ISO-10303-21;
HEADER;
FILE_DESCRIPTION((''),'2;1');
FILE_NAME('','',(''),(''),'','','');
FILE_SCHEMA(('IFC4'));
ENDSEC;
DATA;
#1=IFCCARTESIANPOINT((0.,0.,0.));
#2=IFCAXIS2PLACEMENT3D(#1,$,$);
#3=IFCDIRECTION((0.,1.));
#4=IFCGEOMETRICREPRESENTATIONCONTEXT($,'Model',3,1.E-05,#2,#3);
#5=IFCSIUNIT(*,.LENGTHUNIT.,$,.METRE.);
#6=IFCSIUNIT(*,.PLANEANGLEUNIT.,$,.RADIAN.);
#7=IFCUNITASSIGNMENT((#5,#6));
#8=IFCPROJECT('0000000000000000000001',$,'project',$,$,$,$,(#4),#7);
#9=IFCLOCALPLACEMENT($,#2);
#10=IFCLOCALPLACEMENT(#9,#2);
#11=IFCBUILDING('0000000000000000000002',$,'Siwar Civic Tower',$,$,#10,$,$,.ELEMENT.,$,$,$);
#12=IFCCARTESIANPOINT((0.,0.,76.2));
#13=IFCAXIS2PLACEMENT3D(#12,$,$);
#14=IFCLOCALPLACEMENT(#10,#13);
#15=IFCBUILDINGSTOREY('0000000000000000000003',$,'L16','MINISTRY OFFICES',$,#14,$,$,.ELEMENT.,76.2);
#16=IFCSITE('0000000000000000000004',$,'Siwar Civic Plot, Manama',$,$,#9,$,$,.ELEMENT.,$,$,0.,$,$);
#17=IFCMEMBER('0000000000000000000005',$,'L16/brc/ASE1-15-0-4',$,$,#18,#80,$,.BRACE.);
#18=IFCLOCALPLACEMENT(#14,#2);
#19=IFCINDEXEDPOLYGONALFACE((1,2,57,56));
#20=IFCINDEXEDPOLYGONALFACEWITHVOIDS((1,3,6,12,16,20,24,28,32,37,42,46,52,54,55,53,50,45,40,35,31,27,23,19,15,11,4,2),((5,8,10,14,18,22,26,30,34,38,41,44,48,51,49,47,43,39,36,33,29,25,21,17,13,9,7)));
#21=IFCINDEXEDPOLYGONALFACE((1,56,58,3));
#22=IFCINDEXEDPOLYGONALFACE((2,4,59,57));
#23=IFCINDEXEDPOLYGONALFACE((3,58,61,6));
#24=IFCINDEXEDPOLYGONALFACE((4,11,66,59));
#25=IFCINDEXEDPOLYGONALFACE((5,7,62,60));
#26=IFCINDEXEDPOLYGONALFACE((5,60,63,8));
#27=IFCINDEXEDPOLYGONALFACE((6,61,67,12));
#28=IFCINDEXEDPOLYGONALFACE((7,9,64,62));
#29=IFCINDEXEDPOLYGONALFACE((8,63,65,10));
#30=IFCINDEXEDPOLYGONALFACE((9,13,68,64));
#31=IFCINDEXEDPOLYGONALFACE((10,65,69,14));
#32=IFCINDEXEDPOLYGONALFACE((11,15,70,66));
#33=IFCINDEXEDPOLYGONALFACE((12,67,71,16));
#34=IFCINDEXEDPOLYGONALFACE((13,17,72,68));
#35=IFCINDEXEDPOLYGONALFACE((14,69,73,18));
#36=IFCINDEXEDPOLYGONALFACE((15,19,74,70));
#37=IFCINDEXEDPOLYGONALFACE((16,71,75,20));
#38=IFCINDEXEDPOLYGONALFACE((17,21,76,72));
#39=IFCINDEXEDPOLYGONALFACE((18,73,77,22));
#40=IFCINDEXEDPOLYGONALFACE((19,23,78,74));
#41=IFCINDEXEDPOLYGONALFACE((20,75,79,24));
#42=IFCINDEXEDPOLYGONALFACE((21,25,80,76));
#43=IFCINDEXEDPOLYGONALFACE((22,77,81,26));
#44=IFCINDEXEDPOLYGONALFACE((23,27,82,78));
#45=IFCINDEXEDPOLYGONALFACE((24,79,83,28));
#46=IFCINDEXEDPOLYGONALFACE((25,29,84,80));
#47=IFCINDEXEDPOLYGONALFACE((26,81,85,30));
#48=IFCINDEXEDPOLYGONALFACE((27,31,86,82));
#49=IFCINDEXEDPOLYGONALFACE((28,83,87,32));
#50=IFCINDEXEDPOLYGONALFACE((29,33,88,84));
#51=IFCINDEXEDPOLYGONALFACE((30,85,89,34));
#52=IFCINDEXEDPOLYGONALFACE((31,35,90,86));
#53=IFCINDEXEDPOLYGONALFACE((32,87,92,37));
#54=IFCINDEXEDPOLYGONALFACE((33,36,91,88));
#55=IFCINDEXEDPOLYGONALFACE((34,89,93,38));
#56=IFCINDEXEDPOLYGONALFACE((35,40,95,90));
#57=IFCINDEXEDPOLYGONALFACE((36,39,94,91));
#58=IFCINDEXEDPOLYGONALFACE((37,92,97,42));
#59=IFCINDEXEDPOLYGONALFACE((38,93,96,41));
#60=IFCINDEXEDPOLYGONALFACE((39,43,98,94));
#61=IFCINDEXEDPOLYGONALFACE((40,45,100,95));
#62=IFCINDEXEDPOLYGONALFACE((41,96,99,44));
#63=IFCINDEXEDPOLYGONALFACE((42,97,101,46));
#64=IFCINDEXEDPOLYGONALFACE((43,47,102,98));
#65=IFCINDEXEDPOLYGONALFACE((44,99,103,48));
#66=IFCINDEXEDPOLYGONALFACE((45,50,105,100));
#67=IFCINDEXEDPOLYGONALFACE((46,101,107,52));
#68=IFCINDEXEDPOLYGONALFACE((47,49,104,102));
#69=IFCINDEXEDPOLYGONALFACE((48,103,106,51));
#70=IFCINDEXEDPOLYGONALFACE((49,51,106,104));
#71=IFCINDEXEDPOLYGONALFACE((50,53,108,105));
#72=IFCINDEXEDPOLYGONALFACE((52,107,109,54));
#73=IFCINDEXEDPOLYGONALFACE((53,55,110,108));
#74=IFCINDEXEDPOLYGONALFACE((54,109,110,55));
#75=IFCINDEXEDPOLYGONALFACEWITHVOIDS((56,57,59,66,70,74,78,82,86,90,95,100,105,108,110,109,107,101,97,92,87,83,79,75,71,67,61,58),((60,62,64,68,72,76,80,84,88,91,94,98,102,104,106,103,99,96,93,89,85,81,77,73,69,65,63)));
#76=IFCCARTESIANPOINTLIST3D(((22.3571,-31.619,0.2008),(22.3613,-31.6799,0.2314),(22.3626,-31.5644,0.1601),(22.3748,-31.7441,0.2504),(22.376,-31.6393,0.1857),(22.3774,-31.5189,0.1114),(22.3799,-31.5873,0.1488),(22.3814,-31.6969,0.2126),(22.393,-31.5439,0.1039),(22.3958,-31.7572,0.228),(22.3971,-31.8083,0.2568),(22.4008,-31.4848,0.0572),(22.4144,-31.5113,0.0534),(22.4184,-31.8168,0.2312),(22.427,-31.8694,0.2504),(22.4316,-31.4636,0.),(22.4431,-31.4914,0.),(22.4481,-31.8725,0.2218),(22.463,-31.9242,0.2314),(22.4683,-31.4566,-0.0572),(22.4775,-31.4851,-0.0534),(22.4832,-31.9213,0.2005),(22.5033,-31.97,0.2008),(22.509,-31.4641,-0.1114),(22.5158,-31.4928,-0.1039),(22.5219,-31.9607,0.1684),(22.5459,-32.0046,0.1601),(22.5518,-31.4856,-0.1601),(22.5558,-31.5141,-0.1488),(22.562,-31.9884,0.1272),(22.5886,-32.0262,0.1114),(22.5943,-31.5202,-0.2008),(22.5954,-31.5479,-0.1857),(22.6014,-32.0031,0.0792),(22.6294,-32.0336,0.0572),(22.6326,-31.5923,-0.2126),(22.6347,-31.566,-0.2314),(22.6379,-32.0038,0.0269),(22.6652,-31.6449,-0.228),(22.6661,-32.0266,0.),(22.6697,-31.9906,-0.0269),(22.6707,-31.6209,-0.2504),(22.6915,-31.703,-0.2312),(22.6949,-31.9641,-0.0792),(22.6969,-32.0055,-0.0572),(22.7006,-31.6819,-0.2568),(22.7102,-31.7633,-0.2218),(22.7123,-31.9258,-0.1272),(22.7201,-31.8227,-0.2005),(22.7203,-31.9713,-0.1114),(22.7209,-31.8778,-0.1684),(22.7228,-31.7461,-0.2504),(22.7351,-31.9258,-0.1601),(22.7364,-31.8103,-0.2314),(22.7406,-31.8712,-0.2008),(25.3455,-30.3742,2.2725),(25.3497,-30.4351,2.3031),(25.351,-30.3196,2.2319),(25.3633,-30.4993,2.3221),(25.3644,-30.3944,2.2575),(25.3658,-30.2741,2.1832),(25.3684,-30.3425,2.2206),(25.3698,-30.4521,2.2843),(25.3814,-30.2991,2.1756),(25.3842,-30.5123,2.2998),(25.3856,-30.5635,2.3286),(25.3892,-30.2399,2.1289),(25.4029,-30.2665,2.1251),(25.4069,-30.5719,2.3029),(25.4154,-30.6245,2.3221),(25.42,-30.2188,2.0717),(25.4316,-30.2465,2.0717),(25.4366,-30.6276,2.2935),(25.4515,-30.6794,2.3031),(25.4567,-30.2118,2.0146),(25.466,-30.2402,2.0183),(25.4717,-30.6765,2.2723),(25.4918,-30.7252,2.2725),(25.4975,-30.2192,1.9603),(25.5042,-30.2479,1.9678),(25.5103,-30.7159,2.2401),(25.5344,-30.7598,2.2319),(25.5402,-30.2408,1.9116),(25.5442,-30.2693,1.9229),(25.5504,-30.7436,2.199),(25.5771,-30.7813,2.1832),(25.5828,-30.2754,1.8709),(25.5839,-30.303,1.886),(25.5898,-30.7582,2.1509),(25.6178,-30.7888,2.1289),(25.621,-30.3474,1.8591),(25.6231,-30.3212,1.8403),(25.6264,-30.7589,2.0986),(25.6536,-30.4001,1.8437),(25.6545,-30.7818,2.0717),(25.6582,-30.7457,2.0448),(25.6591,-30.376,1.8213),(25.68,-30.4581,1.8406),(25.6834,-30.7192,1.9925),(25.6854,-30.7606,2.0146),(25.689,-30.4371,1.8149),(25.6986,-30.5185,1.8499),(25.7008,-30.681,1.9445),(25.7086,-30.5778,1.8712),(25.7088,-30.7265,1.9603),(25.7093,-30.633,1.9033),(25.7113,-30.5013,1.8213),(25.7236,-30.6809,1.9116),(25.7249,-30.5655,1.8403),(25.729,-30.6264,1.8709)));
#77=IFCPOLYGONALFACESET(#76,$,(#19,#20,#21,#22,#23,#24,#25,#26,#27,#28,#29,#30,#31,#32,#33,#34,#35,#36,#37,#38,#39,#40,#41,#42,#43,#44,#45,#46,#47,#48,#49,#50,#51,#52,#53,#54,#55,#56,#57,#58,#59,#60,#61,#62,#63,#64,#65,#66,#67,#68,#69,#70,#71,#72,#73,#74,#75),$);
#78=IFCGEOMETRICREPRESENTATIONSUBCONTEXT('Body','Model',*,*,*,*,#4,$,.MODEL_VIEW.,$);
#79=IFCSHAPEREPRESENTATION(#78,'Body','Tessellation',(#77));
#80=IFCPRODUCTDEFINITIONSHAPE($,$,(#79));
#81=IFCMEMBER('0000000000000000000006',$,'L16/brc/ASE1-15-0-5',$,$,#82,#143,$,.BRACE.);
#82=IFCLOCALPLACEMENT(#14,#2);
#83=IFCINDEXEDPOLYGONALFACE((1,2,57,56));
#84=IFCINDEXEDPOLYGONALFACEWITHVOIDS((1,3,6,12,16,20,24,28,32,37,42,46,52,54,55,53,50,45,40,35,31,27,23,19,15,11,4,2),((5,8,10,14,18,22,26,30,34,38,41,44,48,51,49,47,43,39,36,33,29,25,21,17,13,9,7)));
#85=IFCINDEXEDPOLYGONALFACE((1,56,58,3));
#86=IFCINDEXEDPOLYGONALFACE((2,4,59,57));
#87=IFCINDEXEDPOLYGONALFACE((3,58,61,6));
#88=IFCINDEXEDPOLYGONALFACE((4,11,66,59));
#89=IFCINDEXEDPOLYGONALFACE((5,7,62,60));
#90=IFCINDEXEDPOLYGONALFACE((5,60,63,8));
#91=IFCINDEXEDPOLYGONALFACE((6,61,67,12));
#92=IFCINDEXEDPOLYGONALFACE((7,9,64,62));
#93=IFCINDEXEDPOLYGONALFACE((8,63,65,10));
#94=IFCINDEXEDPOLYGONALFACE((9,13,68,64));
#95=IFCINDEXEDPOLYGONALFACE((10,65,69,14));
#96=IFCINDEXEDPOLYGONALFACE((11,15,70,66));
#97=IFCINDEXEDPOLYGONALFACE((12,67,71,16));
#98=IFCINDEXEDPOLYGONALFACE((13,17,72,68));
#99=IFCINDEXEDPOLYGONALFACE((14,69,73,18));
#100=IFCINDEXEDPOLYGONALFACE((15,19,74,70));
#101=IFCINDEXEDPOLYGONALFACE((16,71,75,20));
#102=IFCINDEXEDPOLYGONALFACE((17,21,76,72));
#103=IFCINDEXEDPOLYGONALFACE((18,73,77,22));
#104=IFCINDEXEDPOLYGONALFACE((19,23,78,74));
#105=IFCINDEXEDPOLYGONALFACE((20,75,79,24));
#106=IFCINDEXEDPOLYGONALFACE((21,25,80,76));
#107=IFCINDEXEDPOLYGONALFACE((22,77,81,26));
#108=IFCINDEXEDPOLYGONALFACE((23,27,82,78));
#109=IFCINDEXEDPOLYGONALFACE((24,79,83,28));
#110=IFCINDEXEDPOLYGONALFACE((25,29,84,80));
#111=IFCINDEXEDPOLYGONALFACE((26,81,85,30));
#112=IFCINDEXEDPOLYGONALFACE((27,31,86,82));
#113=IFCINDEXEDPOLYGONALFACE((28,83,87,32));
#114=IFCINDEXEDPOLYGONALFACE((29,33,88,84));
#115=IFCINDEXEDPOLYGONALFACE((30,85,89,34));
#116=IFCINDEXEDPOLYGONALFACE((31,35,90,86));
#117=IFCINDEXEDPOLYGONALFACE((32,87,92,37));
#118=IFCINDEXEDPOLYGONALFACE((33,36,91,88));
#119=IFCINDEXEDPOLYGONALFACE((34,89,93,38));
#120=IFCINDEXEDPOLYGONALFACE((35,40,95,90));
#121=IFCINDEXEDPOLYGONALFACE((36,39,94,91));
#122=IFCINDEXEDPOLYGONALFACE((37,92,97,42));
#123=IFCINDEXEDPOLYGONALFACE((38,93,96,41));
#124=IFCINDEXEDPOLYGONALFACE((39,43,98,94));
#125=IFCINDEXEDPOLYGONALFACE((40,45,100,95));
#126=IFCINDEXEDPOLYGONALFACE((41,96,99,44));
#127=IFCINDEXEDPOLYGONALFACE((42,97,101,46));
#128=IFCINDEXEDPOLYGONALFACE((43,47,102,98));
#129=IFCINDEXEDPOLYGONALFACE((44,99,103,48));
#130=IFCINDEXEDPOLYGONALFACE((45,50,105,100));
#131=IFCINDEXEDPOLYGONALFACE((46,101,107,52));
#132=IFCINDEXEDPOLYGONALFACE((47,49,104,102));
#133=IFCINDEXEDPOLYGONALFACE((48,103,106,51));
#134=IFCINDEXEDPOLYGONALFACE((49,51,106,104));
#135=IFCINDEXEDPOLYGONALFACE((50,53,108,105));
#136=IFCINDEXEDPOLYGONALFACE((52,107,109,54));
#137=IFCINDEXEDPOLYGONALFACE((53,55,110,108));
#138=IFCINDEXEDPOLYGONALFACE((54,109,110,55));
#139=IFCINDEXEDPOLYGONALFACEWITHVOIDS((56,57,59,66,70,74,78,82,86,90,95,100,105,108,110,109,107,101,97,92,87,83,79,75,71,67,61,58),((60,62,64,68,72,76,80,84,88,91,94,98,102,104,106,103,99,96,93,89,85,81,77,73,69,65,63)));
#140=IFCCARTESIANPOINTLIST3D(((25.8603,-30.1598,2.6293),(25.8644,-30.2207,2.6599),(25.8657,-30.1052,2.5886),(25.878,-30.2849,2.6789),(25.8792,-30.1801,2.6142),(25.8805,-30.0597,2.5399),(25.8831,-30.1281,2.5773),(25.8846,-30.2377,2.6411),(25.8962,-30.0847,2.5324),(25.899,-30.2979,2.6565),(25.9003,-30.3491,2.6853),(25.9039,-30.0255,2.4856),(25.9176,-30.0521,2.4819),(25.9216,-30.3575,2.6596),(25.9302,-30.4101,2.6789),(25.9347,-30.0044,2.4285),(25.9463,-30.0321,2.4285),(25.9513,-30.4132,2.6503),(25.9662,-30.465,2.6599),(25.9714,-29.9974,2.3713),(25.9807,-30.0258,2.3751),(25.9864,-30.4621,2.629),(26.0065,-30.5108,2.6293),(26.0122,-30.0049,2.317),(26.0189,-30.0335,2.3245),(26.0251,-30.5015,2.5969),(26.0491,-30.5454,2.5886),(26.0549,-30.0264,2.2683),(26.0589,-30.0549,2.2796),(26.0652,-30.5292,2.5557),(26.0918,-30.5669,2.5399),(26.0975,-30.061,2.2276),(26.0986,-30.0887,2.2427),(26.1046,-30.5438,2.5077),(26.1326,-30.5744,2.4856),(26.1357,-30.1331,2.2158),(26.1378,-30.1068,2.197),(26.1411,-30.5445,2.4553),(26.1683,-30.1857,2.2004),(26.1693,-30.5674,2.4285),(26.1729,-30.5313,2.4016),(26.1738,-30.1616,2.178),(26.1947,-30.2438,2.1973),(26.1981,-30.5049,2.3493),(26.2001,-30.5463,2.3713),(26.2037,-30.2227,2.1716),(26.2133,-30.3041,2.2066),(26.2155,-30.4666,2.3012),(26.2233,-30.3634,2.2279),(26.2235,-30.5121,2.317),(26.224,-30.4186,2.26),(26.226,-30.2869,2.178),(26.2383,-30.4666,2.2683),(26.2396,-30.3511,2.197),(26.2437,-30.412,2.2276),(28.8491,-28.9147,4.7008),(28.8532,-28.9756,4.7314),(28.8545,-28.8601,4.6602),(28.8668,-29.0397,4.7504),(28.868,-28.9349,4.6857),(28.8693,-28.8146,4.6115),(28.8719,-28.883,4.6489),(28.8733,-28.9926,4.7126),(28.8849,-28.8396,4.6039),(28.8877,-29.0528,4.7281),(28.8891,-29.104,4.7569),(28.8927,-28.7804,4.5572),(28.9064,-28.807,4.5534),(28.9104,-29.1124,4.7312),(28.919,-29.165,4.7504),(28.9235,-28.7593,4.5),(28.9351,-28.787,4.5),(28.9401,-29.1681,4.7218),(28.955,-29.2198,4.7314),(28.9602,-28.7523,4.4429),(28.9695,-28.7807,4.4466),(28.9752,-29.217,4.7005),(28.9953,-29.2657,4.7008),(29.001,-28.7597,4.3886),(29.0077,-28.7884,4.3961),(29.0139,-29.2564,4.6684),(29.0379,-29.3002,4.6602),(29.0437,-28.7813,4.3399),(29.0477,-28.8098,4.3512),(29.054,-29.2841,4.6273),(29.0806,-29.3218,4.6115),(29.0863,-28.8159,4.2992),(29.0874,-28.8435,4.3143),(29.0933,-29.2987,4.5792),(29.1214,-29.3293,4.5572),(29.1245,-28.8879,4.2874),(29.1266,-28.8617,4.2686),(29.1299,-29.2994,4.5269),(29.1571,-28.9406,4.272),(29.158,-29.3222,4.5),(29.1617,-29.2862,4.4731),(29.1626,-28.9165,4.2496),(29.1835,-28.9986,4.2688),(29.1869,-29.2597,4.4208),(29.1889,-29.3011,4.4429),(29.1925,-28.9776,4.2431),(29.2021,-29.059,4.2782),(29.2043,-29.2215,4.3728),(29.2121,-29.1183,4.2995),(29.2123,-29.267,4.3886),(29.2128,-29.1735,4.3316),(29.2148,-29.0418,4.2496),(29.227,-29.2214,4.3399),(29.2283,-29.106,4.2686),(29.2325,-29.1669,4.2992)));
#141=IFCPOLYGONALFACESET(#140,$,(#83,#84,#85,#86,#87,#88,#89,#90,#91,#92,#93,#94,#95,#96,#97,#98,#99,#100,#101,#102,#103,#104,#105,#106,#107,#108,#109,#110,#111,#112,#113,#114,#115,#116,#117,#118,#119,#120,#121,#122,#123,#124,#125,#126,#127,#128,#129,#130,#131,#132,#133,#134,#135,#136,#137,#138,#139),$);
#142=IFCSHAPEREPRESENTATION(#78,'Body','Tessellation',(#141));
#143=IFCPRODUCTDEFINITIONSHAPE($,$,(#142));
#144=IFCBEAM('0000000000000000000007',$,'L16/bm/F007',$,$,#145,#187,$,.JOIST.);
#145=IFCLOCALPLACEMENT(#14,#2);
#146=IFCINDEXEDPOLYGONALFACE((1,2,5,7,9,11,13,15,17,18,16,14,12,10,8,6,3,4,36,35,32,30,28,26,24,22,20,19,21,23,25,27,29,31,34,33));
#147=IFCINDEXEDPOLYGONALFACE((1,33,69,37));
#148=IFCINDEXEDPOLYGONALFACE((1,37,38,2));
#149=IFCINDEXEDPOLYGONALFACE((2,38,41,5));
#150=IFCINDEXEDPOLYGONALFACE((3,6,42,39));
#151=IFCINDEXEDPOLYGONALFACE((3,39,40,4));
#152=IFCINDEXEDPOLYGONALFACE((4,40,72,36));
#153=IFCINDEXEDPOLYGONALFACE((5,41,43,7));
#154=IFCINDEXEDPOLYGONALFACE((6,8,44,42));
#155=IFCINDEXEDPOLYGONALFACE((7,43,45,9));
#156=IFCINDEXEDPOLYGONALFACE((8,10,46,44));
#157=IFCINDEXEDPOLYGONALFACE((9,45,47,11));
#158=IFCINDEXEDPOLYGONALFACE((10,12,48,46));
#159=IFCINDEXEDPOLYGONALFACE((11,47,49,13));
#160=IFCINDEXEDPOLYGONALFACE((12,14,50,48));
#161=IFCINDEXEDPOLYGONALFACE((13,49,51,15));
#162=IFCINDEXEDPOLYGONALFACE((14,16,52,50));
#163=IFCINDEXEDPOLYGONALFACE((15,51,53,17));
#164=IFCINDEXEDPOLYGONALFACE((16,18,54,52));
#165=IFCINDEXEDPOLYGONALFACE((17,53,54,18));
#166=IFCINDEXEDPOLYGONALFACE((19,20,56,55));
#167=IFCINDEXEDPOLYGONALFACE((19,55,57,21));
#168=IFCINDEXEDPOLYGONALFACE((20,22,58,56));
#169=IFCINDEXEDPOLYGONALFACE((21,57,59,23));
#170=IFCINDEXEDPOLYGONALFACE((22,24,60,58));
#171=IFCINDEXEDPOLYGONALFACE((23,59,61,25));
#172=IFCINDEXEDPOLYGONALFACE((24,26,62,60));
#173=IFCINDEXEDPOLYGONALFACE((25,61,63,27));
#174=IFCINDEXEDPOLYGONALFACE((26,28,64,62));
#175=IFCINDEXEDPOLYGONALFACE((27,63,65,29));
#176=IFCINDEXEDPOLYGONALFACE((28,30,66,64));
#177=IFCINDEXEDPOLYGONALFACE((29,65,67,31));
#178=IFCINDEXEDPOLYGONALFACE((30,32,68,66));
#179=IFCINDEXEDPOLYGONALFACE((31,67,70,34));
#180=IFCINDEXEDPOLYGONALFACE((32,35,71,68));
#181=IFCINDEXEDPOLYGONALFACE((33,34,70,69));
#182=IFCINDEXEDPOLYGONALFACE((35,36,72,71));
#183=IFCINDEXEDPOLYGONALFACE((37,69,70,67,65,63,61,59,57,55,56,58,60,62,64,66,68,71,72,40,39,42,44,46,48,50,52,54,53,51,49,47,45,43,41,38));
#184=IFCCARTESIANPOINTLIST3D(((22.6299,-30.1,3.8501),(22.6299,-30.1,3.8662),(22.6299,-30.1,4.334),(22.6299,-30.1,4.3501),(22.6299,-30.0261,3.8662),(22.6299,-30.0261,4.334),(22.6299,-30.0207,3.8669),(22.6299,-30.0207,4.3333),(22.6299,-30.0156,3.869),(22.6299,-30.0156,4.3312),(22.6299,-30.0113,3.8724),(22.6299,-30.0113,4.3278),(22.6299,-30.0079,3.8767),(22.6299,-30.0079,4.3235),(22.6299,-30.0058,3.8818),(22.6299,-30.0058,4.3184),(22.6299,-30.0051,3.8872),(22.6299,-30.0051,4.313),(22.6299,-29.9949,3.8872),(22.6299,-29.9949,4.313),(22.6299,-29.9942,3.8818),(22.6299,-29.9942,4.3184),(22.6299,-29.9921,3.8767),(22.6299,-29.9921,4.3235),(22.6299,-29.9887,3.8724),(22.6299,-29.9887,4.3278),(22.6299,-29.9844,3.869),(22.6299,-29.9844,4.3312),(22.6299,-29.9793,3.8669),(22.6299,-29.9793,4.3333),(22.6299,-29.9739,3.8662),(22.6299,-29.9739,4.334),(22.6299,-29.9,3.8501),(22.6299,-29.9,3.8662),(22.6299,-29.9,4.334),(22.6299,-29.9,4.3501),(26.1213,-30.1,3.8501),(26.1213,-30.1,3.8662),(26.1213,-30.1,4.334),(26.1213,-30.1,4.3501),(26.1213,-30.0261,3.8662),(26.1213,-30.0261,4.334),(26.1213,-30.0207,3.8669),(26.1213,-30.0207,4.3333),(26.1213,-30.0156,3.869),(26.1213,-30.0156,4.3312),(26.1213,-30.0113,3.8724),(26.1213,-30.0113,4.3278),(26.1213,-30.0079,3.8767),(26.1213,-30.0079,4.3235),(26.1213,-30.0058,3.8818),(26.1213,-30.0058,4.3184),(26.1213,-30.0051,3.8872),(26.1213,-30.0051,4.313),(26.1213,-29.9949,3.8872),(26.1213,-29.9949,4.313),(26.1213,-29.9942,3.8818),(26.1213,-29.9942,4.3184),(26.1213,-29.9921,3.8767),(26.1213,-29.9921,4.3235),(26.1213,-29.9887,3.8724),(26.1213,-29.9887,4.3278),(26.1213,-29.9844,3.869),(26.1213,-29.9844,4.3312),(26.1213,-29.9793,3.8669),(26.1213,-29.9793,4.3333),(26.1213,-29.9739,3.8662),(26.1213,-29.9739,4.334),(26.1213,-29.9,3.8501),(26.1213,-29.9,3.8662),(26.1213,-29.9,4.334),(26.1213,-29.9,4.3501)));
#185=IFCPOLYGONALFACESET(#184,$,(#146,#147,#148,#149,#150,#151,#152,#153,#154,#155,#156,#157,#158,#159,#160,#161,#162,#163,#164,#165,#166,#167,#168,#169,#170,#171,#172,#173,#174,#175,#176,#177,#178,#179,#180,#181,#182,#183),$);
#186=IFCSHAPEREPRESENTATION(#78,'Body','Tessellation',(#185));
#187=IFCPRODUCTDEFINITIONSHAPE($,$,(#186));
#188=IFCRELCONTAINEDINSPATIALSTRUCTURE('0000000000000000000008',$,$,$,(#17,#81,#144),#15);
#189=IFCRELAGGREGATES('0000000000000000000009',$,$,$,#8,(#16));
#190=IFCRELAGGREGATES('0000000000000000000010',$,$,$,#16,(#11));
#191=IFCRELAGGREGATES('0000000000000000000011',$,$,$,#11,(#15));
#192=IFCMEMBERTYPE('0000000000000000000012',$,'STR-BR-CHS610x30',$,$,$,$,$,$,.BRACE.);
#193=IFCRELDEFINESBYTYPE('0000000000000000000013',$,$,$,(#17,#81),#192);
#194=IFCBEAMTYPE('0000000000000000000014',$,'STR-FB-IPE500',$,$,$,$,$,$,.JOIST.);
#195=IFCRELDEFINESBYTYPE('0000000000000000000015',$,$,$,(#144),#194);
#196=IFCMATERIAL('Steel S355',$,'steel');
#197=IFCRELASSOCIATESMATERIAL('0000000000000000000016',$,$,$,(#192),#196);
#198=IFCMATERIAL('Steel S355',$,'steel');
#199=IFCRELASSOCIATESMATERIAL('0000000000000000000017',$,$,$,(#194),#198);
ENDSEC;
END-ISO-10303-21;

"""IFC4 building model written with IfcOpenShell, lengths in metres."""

from ifc_helpers import new_model, si_unit, direction, frame, origin, origin_2d, place, context, subcontext, project, spatial, hollow_circle, i_section, extrude, material, material_profile, profile_set, type_object, element, save


model = new_model("IFC4")

# Units and contexts
model_context = context("Model", 3, precision=1e-05, world=origin(), true_north=direction((0.0, 1.0)))
body_context = subcontext(model_context, "Body", "Model", "MODEL_VIEW")
ifc_project = project(units=[si_unit("LENGTHUNIT", "METRE"), si_unit("PLANEANGLEUNIT", "RADIAN")], contexts=[model_context])

# Site, building, storey
site_placement = place(None, origin())
site = spatial("IfcSite", under=ifc_project, at=site_placement, Name="Siwar Civic Plot, Manama", CompositionType="ELEMENT", RefElevation=0.0)
building_placement = place(site_placement, origin())
building = spatial("IfcBuilding", under=site, at=building_placement, Name="Siwar Civic Tower", CompositionType="ELEMENT")
storey_placement = place(building_placement, frame((0.0, 0.0, 76.2)))
storey = spatial("IfcBuildingStorey", under=building, at=storey_placement, Name="L16", Description="MINISTRY OFFICES", CompositionType="ELEMENT", Elevation=76.2)

# Members
ifc_material_1 = material(Name="Steel S355", Category="steel")
ifc_material_profile_1 = material_profile(ifc_material_1, hollow_circle(Radius=0.3049, WallThickness=0.03, at=origin_2d()), Name="CHS610x30")
ifc_profile_set_1 = profile_set([ifc_material_profile_1], Name="Steel S355")
member_type_1 = type_object("IfcMemberType", Name="STR-BR-CHS610x30", PredefinedType="BRACE", material=ifc_profile_set_1)
member_1_placement = place(storey_placement, frame((22.5488, -31.7451, 0.0), z_axis=(0.777533, 0.323882, 0.53902), x_axis=(-0.384524, 0.923115, 0.0)))
element("IfcMember", 1, at=member_1_placement, inside=storey, type_object=member_type_1, Name="L16/brc/ASE1-15-0-4", PredefinedType="BRACE", context=body_context, shape_type="SweptSolid", body=[
    extrude(hollow_circle(Radius=0.3049, WallThickness=0.03, at=origin_2d()), origin(), (0.0, 0.0, 1.0), 3.8435),
])
member_2_placement = place(storey_placement, frame((26.052, -30.2859, 2.4285), z_axis=(0.777569, 0.323934, 0.538937), x_axis=(-0.384562, 0.923099, 0.0)))
element("IfcMember", 2, at=member_2_placement, inside=storey, type_object=member_type_1, Name="L16/brc/ASE1-15-0-5", PredefinedType="BRACE", context=body_context, shape_type="SweptSolid", body=[
    extrude(hollow_circle(Radius=0.3049, WallThickness=0.03, at=origin_2d()), origin(), (0.0, 0.0, 1.0), 3.8438),
])

# Beam
ifc_material_2 = material(Name="Steel S355", Category="steel")
ifc_material_profile_2 = material_profile(ifc_material_2, i_section(OverallWidth=0.2, OverallDepth=0.5, WebThickness=0.0103, FlangeThickness=0.0161, FilletRadius=0.021, at=origin_2d()), Name="IPE500")
ifc_profile_set_2 = profile_set([ifc_material_profile_2], Name="Steel S355")
beam_type_1 = type_object("IfcBeamType", Name="STR-FB-IPE500", PredefinedType="JOIST", material=ifc_profile_set_2)
beam_1_placement = place(storey_placement, frame((22.6299, -30.0, 4.1001), z_axis=(1.0, 0.0, 0.0), x_axis=(0.0, 1.0, 0.0)))
element("IfcBeam", 3, at=beam_1_placement, inside=storey, type_object=beam_type_1, Name="L16/bm/F007", PredefinedType="JOIST", context=body_context, shape_type="SweptSolid", body=[
    extrude(i_section(OverallWidth=0.2, OverallDepth=0.5, WebThickness=0.0103, FlangeThickness=0.0161, FilletRadius=0.021, at=origin_2d()), origin(), (0.0, 0.0, 1.0), 3.4915),
])

save(model, "model.ifc")
